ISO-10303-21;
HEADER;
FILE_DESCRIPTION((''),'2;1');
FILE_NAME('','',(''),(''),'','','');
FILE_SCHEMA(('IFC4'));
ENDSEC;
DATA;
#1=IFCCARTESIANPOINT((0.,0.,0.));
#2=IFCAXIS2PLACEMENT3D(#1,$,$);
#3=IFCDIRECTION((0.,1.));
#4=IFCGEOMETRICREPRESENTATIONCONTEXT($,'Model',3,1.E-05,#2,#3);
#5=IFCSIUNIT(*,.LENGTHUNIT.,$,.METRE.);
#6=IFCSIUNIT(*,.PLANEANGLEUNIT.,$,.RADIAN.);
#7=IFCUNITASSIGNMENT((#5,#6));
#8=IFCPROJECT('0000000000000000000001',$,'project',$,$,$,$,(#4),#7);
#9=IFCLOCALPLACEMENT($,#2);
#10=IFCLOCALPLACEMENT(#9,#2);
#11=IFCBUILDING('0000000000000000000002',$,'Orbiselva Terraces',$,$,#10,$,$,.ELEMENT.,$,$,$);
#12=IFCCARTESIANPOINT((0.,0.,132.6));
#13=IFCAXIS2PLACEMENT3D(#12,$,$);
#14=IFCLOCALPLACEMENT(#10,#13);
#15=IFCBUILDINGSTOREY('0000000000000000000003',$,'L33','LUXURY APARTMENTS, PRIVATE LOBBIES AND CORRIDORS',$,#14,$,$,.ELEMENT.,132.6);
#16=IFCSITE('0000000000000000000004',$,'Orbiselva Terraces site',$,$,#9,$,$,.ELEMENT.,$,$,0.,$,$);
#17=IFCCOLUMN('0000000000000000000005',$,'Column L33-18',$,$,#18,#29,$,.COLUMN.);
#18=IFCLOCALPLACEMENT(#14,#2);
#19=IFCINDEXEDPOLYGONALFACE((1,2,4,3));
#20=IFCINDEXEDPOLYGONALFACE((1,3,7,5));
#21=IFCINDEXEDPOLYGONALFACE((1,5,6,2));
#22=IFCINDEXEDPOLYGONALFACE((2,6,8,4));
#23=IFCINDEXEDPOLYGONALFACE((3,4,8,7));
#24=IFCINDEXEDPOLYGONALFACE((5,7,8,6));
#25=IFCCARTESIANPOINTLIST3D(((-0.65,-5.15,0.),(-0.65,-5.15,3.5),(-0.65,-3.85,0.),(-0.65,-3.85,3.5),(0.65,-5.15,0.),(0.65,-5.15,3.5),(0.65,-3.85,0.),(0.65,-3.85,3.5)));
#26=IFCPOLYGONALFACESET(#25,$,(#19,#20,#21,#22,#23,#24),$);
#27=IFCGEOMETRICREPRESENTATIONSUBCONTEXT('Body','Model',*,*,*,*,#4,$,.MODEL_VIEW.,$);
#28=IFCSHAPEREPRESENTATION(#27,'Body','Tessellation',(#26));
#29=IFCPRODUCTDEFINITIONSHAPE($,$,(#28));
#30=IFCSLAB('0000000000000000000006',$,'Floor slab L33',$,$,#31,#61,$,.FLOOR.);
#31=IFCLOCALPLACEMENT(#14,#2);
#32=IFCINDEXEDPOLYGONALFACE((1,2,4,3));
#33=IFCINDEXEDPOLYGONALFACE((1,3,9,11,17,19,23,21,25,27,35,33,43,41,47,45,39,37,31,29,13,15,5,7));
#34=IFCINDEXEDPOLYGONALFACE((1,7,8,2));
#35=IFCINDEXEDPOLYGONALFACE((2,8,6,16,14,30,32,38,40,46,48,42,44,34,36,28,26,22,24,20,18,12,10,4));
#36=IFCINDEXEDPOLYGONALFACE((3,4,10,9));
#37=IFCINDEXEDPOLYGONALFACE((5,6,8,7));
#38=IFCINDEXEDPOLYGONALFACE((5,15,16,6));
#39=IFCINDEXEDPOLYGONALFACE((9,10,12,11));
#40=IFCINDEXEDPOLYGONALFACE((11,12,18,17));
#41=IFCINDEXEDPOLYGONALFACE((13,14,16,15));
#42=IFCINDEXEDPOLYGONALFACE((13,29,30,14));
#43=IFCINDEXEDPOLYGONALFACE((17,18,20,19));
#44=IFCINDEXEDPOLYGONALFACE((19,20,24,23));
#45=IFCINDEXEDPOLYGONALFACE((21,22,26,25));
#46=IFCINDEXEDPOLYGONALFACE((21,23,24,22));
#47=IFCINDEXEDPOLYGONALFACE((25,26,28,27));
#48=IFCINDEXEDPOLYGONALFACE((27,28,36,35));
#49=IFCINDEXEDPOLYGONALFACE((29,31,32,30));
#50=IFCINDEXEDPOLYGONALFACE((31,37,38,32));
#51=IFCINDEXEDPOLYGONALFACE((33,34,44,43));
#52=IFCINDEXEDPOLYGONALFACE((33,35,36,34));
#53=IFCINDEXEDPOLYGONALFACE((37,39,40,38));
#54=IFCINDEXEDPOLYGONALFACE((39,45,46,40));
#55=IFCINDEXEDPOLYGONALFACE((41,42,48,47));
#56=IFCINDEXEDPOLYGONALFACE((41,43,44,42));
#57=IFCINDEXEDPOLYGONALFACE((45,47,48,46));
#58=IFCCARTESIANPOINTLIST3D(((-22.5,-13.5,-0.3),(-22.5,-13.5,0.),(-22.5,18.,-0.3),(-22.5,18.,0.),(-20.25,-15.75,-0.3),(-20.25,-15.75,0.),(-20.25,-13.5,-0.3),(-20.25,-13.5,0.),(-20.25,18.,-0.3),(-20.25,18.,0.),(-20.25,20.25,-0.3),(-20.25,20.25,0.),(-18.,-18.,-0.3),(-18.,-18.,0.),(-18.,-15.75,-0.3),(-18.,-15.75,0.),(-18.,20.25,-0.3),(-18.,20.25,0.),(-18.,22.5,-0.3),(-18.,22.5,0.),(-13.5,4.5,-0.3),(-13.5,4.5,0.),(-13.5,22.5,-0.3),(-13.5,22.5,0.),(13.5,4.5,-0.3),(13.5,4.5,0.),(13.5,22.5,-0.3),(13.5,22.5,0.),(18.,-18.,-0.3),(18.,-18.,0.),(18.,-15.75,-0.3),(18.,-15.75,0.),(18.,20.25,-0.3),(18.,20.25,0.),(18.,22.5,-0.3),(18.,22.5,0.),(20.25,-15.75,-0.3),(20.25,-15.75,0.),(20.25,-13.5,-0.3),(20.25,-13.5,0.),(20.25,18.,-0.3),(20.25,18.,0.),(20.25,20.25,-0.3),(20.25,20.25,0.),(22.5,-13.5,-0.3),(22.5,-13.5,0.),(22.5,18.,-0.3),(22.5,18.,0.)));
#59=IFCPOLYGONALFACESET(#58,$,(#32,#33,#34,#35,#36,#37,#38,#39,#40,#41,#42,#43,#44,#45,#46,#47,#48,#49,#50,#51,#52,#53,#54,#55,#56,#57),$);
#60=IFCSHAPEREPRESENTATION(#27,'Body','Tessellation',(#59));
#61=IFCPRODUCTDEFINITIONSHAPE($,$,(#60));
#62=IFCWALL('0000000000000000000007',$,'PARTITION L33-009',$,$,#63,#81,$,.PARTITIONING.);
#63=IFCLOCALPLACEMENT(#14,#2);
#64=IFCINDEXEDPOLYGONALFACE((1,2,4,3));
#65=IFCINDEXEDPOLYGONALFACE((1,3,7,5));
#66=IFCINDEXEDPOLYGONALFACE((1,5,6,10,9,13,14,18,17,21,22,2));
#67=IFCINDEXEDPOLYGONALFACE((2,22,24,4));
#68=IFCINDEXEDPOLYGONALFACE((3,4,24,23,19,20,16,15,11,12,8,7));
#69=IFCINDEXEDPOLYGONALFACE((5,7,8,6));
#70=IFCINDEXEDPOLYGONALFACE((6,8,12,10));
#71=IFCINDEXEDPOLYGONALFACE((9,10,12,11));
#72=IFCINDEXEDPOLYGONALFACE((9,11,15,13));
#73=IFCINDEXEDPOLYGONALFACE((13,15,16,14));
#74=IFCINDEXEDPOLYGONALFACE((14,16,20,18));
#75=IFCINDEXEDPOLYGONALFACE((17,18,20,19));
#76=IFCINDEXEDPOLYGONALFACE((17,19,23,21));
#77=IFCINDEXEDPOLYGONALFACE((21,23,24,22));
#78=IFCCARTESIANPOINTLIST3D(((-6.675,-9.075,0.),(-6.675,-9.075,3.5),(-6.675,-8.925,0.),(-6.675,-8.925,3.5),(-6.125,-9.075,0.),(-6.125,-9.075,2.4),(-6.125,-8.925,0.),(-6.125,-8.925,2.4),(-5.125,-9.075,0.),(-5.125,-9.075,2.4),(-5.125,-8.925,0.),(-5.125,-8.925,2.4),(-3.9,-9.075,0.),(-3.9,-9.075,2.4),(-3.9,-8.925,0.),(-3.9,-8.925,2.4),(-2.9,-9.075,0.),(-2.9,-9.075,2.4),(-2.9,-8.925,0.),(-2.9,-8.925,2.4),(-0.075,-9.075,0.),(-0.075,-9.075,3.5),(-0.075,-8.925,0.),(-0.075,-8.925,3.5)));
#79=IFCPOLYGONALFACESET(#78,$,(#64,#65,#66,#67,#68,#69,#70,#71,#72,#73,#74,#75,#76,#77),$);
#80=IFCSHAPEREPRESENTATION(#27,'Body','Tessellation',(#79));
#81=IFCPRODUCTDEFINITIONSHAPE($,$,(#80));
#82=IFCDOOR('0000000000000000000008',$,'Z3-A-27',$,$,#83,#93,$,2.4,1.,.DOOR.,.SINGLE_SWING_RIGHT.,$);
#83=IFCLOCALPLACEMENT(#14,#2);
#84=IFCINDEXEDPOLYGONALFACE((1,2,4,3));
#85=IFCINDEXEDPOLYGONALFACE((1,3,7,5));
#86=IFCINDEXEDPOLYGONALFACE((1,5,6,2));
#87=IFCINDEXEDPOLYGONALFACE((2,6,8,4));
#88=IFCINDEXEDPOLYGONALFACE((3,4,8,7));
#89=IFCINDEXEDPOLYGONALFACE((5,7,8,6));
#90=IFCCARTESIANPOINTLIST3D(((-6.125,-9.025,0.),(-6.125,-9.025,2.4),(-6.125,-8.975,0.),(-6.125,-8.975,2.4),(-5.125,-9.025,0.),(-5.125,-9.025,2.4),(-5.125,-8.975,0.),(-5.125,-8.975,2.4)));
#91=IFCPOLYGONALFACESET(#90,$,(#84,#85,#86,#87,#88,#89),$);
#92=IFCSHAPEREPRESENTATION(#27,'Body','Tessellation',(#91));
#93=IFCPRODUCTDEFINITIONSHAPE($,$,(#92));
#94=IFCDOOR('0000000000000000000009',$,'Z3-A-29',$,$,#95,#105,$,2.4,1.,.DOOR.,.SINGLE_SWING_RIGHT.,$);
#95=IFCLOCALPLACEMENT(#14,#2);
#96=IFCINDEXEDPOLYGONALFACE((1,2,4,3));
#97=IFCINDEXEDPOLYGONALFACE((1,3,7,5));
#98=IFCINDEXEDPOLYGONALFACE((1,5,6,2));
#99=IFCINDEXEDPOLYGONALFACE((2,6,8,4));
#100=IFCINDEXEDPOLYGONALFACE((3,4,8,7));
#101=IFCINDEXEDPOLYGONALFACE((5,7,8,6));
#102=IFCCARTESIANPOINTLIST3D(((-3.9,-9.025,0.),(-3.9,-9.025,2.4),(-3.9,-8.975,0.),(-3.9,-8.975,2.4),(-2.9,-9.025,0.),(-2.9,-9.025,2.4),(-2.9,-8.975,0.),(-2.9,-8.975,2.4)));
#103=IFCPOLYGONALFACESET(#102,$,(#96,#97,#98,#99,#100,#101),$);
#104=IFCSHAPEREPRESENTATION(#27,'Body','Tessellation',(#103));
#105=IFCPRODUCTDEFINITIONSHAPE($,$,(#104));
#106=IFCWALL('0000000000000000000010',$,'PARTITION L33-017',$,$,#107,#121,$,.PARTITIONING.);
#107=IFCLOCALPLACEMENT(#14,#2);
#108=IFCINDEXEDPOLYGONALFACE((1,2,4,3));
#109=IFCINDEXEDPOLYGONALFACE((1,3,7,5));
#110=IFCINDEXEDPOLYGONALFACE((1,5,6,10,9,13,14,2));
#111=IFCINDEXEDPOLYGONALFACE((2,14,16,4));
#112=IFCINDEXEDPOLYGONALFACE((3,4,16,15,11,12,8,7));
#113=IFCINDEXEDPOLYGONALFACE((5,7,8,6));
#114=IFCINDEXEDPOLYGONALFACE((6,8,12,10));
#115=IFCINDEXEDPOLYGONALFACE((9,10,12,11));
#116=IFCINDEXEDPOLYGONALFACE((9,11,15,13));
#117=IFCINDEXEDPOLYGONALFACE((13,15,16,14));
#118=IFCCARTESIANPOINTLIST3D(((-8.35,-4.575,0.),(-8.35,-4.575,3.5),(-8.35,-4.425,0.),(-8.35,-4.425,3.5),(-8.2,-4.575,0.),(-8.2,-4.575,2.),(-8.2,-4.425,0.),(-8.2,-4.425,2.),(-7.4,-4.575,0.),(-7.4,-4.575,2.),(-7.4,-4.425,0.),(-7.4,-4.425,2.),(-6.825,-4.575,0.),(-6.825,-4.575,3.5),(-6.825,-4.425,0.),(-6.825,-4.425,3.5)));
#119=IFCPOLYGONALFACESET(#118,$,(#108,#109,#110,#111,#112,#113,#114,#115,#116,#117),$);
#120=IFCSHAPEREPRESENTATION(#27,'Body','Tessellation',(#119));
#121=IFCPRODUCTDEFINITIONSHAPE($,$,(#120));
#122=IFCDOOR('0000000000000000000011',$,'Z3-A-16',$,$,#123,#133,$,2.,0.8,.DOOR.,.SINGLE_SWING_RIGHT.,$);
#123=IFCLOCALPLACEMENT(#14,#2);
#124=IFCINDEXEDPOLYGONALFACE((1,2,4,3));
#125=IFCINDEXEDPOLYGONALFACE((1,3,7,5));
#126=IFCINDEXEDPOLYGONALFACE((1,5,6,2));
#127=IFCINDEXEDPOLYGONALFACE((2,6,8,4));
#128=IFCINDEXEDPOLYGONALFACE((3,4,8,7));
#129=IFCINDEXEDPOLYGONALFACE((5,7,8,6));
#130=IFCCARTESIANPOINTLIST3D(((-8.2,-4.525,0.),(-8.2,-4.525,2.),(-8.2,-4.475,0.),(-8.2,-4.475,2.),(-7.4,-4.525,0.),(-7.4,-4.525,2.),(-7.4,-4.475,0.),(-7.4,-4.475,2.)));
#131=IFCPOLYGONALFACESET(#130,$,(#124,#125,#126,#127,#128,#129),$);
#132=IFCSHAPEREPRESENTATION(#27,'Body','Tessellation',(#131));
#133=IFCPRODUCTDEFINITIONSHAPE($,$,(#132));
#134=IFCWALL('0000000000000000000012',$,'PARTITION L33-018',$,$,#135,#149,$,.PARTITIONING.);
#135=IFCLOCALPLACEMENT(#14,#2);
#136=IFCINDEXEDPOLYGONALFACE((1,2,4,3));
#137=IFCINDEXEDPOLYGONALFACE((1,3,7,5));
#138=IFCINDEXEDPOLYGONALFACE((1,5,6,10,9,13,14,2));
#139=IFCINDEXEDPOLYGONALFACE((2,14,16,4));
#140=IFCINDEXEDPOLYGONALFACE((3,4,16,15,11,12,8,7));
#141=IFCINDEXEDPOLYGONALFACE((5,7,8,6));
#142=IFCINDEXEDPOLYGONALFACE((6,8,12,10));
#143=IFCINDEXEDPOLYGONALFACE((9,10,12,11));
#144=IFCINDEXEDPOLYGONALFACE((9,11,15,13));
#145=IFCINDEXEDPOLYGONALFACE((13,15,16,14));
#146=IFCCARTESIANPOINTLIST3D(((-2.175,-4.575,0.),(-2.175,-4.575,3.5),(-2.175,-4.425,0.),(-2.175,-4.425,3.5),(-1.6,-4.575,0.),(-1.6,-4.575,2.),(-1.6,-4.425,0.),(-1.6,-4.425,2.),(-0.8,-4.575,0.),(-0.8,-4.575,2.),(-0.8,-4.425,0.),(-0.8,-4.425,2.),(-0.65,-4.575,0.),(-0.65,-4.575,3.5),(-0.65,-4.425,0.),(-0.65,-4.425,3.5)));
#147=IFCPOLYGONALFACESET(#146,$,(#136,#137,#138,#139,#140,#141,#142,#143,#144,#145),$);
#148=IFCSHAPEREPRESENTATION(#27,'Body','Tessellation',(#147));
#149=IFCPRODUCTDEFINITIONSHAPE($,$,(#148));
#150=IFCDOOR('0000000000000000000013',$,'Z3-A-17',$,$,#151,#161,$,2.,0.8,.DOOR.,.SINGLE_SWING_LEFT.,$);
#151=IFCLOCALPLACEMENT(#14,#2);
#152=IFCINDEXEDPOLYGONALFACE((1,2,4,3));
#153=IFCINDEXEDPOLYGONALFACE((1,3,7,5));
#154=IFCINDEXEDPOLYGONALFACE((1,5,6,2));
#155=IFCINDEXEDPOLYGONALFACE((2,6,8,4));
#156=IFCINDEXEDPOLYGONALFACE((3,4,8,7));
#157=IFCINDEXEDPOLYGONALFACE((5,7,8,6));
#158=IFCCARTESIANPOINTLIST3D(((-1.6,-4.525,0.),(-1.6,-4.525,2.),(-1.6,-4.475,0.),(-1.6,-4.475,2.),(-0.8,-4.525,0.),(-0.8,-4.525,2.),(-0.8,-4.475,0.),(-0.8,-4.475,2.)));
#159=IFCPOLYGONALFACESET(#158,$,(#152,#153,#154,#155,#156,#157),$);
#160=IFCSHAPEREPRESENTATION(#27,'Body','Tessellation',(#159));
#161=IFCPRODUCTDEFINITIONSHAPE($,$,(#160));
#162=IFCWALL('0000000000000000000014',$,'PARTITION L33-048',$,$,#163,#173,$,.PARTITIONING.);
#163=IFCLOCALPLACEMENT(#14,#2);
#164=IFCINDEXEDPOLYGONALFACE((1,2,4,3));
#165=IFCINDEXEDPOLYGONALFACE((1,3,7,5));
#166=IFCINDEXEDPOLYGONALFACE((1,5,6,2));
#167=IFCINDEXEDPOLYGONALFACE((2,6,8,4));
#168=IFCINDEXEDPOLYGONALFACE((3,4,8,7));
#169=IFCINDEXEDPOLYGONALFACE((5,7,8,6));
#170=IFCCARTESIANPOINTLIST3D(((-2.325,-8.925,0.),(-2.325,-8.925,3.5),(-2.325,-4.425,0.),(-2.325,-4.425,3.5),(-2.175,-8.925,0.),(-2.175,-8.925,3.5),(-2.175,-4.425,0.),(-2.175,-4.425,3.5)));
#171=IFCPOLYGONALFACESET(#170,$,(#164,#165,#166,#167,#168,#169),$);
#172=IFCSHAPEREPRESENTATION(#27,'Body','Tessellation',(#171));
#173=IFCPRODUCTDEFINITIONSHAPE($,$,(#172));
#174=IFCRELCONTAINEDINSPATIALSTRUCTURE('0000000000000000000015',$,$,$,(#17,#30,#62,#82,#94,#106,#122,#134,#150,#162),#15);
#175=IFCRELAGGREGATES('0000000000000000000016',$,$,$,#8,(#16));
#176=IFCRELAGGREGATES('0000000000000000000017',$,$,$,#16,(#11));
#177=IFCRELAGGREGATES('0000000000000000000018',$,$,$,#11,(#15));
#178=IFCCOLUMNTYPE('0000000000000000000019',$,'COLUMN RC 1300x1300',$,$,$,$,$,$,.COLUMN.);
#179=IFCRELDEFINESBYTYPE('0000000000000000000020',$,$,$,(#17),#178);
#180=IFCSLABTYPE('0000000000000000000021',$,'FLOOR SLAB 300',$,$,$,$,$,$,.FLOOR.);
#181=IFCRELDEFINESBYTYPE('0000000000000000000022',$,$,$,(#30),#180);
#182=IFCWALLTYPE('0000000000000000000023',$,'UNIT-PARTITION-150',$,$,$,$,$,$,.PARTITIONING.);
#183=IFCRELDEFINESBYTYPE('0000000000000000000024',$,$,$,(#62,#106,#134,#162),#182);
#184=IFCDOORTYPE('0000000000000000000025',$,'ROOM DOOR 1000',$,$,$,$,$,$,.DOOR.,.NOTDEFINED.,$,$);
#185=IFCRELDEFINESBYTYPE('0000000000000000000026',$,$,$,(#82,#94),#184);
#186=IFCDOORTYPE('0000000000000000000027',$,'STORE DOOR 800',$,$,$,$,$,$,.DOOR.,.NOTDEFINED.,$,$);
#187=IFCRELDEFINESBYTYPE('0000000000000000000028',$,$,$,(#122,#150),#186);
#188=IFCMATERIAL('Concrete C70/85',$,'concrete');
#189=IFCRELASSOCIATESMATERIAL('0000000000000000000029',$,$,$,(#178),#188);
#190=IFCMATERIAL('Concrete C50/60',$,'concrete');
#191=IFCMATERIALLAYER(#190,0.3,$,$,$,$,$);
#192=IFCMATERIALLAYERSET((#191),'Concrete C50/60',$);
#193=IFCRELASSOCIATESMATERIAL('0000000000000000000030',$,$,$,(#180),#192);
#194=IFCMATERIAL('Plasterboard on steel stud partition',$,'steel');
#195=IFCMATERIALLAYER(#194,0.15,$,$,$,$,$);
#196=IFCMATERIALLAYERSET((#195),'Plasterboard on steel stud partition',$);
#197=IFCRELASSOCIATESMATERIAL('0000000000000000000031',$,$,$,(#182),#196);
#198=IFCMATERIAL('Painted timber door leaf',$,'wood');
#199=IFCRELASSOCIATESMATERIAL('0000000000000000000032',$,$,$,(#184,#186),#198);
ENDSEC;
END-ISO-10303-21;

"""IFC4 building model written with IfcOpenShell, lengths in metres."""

from ifc_helpers import new_model, si_unit, direction, frame, frame_2d, origin, origin_2d, place, context, subcontext, project, spatial, polyline, rectangle, outline, extrude, material, layer, layer_set, material_profile, profile_set, type_object, element, fill, save


model = new_model("IFC4")

# Units and contexts
model_context = context("Model", 3, precision=1e-05, world=origin(), true_north=direction((0.0, 1.0)))
body_context = subcontext(model_context, "Body", "Model", "MODEL_VIEW")
ifc_project = project(units=[si_unit("LENGTHUNIT", "METRE"), si_unit("PLANEANGLEUNIT", "RADIAN")], contexts=[model_context])

# Site, building, storey
site_placement = place(None, origin())
site = spatial("IfcSite", under=ifc_project, at=site_placement, Name="Orbiselva Terraces site", CompositionType="ELEMENT", RefElevation=0.0)
building_placement = place(site_placement, origin())
building = spatial("IfcBuilding", under=site, at=building_placement, Name="Orbiselva Terraces", CompositionType="ELEMENT")
storey_placement = place(building_placement, frame((0.0, 0.0, 132.6)))
storey = spatial("IfcBuildingStorey", under=building, at=storey_placement, Name="L33", Description="LUXURY APARTMENTS, PRIVATE LOBBIES AND CORRIDORS", CompositionType="ELEMENT", Elevation=132.6)

# Column
ifc_material_1 = material(Name="Concrete C70/85", Category="concrete")
ifc_material_profile = material_profile(ifc_material_1, rectangle(XDim=1.3, YDim=1.3, at=origin_2d()), Name="RC 1300x1300")
ifc_profile_set = profile_set([ifc_material_profile], Name="Concrete C70/85")
column_type = type_object("IfcColumnType", Name="COLUMN RC 1300x1300", PredefinedType="COLUMN", material=ifc_profile_set)
column_placement = place(storey_placement, frame((0.0, -4.5, 0.0), z_axis=(0.0, 0.0, 1.0), x_axis=(1.0, 0.0, 0.0)))
element("IfcColumn", 1, at=column_placement, inside=storey, type_object=column_type, Name="Column L33-18", PredefinedType="COLUMN", context=body_context, shape_type="SweptSolid", body=[
    extrude(rectangle(XDim=1.3, YDim=1.3, at=origin_2d()), origin(), (0.0, 0.0, 1.0), 3.5),
])

# Slab
ifc_material_2 = material(Name="Concrete C50/60", Category="concrete")
ifc_layer_1 = layer(ifc_material_2, 0.3)
ifc_layer_set_1 = layer_set([ifc_layer_1], Name="Concrete C50/60")
slab_type = type_object("IfcSlabType", Name="FLOOR SLAB 300", PredefinedType="FLOOR", material=ifc_layer_set_1)
slab_placement = place(storey_placement, frame((0.0, 0.0, -0.3)))
element("IfcSlab", 2, at=slab_placement, inside=storey, type_object=slab_type, Name="Floor slab L33", PredefinedType="FLOOR", context=body_context, shape_type="SweptSolid", body=[
    extrude(outline(polyline([(18.0, 22.5), (18.0, 20.25), (20.25, 20.25), (20.25, 18.0), (22.5, 18.0), (22.5, -13.5), (20.25, -13.5), (20.25, -15.75), (18.0, -15.75), (18.0, -18.0), (-18.0, -18.0), (-18.0, -15.75), (-20.25, -15.75), (-20.25, -13.5), (-22.5, -13.5), (-22.5, 18.0), (-20.25, 18.0), (-20.25, 20.25), (-18.0, 20.25), (-18.0, 22.5), (-13.5, 22.5), (-13.5, 4.5), (13.5, 4.5), (13.5, 22.5), (18.0, 22.5)])), origin(), (0.0, 0.0, 1.0), 0.3),
])

# Wall, openings, doors
ifc_material_3 = material(Name="Plasterboard on steel stud partition", Category="steel")
ifc_layer_2 = layer(ifc_material_3, 0.15)
ifc_layer_set_2 = layer_set([ifc_layer_2], Name="Plasterboard on steel stud partition")
wall_type = type_object("IfcWallType", Name="UNIT-PARTITION-150", PredefinedType="PARTITIONING", material=ifc_layer_set_2)
wall_1_placement = place(storey_placement, frame((-0.075, -9.0, 0.0), z_axis=(0.0, 0.0, 1.0), x_axis=(-1.0, 0.0, 0.0)))
wall_1 = element("IfcWall", 3, at=wall_1_placement, inside=storey, type_object=wall_type, Name="PARTITION L33-009", PredefinedType="PARTITIONING", context=body_context, shape_type="SweptSolid", body=[
    extrude(rectangle(XDim=6.6, YDim=0.15, at=frame_2d((3.3, 0.0))), origin(), (0.0, 0.0, 1.0), 3.5),
])
opening_1_placement = place(wall_1_placement, frame((5.05, 0.0, 0.0)))
opening_1 = element("IfcOpeningElement", 4, at=opening_1_placement, cuts=wall_1, PredefinedType="OPENING", context=body_context, shape_type="SweptSolid", body=[
    extrude(rectangle(XDim=1.0, YDim=2.4, at=frame_2d((0.5, 1.2))), frame((0.0, 0.085, 0.0), z_axis=(0.0, -1.0, 0.0), x_axis=(1.0, 0.0, 0.0)), (0.0, 0.0, 1.0), 0.17),
])
opening_2_placement = place(wall_1_placement, frame((2.825, 0.0, 0.0)))
opening_2 = element("IfcOpeningElement", 5, at=opening_2_placement, cuts=wall_1, PredefinedType="OPENING", context=body_context, shape_type="SweptSolid", body=[
    extrude(rectangle(XDim=1.0, YDim=2.4, at=frame_2d((0.5, 1.2))), frame((0.0, 0.085, 0.0), z_axis=(0.0, -1.0, 0.0), x_axis=(1.0, 0.0, 0.0)), (0.0, 0.0, 1.0), 0.17),
])
ifc_material_4 = material(Name="Painted timber door leaf", Category="wood")
door_type_1 = type_object("IfcDoorType", Name="ROOM DOOR 1000", OperationType="NOTDEFINED", PredefinedType="DOOR", material=ifc_material_4)
door_1_placement = place(opening_1_placement, origin())
door_1 = element("IfcDoor", 6, at=door_1_placement, inside=storey, type_object=door_type_1, Name="Z3-A-27", OperationType="SINGLE_SWING_RIGHT", OverallHeight=2.4, OverallWidth=1.0, PredefinedType="DOOR", context=body_context, shape_type="SweptSolid", body=[
    extrude(rectangle(XDim=1.0, YDim=2.4, at=frame_2d((0.5, 1.2))), frame((0.0, 0.025, 0.0), z_axis=(0.0, -1.0, 0.0), x_axis=(1.0, 0.0, 0.0)), (0.0, 0.0, 1.0), 0.05),
])
fill(opening_1, door_1)
door_2_placement = place(opening_2_placement, origin())
door_2 = element("IfcDoor", 7, at=door_2_placement, inside=storey, type_object=door_type_1, Name="Z3-A-29", OperationType="SINGLE_SWING_RIGHT", OverallHeight=2.4, OverallWidth=1.0, PredefinedType="DOOR", context=body_context, shape_type="SweptSolid", body=[
    extrude(rectangle(XDim=1.0, YDim=2.4, at=frame_2d((0.5, 1.2))), frame((0.0, 0.025, 0.0), z_axis=(0.0, -1.0, 0.0), x_axis=(1.0, 0.0, 0.0)), (0.0, 0.0, 1.0), 0.05),
])
fill(opening_2, door_2)

# Walls, openings, doors
wall_2_placement = place(storey_placement, frame((-6.825, -4.5, 0.0), z_axis=(0.0, 0.0, 1.0), x_axis=(-1.0, 0.0, 0.0)))
wall_2 = element("IfcWall", 8, at=wall_2_placement, inside=storey, type_object=wall_type, Name="PARTITION L33-017", PredefinedType="PARTITIONING", context=body_context, shape_type="SweptSolid", body=[
    extrude(rectangle(XDim=1.525, YDim=0.15, at=frame_2d((0.7625, 0.0))), origin(), (0.0, 0.0, 1.0), 3.5),
])
opening_3_placement = place(wall_2_placement, frame((0.575, 0.0, 0.0)))
opening_3 = element("IfcOpeningElement", 9, at=opening_3_placement, cuts=wall_2, PredefinedType="OPENING", context=body_context, shape_type="SweptSolid", body=[
    extrude(rectangle(XDim=0.8, YDim=2.0, at=frame_2d((0.4, 1.0))), frame((0.0, 0.085, 0.0), z_axis=(0.0, -1.0, 0.0), x_axis=(1.0, 0.0, 0.0)), (0.0, 0.0, 1.0), 0.17),
])
door_type_2 = type_object("IfcDoorType", Name="STORE DOOR 800", OperationType="NOTDEFINED", PredefinedType="DOOR", material=ifc_material_4)
door_3_placement = place(opening_3_placement, origin())
door_3 = element("IfcDoor", 10, at=door_3_placement, inside=storey, type_object=door_type_2, Name="Z3-A-16", OperationType="SINGLE_SWING_RIGHT", OverallHeight=2.0, OverallWidth=0.8, PredefinedType="DOOR", context=body_context, shape_type="SweptSolid", body=[
    extrude(rectangle(XDim=0.8, YDim=2.0, at=frame_2d((0.4, 1.0))), frame((0.0, 0.025, 0.0), z_axis=(0.0, -1.0, 0.0), x_axis=(1.0, 0.0, 0.0)), (0.0, 0.0, 1.0), 0.05),
])
fill(opening_3, door_3)
wall_3_placement = place(storey_placement, frame((-0.65, -4.5, 0.0), z_axis=(0.0, 0.0, 1.0), x_axis=(-1.0, 0.0, 0.0)))
wall_3 = element("IfcWall", 11, at=wall_3_placement, inside=storey, type_object=wall_type, Name="PARTITION L33-018", PredefinedType="PARTITIONING", context=body_context, shape_type="SweptSolid", body=[
    extrude(rectangle(XDim=1.525, YDim=0.15, at=frame_2d((0.7625, 0.0))), origin(), (0.0, 0.0, 1.0), 3.5),
])
opening_4_placement = place(wall_3_placement, frame((0.15, 0.0, 0.0)))
opening_4 = element("IfcOpeningElement", 12, at=opening_4_placement, cuts=wall_3, PredefinedType="OPENING", context=body_context, shape_type="SweptSolid", body=[
    extrude(rectangle(XDim=0.8, YDim=2.0, at=frame_2d((0.4, 1.0))), frame((0.0, 0.085, 0.0), z_axis=(0.0, -1.0, 0.0), x_axis=(1.0, 0.0, 0.0)), (0.0, 0.0, 1.0), 0.17),
])
door_4_placement = place(opening_4_placement, origin())
door_4 = element("IfcDoor", 13, at=door_4_placement, inside=storey, type_object=door_type_2, Name="Z3-A-17", OperationType="SINGLE_SWING_LEFT", OverallHeight=2.0, OverallWidth=0.8, PredefinedType="DOOR", context=body_context, shape_type="SweptSolid", body=[
    extrude(rectangle(XDim=0.8, YDim=2.0, at=frame_2d((0.4, 1.0))), frame((0.0, 0.025, 0.0), z_axis=(0.0, -1.0, 0.0), x_axis=(1.0, 0.0, 0.0)), (0.0, 0.0, 1.0), 0.05),
])
fill(opening_4, door_4)

# Wall
wall_4_placement = place(storey_placement, frame((-2.25, -8.925, 0.0), z_axis=(0.0, 0.0, 1.0), x_axis=(0.0, 1.0, 0.0)))
element("IfcWall", 14, at=wall_4_placement, inside=storey, type_object=wall_type, Name="PARTITION L33-048", PredefinedType="PARTITIONING", context=body_context, shape_type="SweptSolid", body=[
    extrude(rectangle(XDim=4.5, YDim=0.15, at=frame_2d((2.25, 0.0))), origin(), (0.0, 0.0, 1.0), 3.5),
])

save(model, "model.ifc")
